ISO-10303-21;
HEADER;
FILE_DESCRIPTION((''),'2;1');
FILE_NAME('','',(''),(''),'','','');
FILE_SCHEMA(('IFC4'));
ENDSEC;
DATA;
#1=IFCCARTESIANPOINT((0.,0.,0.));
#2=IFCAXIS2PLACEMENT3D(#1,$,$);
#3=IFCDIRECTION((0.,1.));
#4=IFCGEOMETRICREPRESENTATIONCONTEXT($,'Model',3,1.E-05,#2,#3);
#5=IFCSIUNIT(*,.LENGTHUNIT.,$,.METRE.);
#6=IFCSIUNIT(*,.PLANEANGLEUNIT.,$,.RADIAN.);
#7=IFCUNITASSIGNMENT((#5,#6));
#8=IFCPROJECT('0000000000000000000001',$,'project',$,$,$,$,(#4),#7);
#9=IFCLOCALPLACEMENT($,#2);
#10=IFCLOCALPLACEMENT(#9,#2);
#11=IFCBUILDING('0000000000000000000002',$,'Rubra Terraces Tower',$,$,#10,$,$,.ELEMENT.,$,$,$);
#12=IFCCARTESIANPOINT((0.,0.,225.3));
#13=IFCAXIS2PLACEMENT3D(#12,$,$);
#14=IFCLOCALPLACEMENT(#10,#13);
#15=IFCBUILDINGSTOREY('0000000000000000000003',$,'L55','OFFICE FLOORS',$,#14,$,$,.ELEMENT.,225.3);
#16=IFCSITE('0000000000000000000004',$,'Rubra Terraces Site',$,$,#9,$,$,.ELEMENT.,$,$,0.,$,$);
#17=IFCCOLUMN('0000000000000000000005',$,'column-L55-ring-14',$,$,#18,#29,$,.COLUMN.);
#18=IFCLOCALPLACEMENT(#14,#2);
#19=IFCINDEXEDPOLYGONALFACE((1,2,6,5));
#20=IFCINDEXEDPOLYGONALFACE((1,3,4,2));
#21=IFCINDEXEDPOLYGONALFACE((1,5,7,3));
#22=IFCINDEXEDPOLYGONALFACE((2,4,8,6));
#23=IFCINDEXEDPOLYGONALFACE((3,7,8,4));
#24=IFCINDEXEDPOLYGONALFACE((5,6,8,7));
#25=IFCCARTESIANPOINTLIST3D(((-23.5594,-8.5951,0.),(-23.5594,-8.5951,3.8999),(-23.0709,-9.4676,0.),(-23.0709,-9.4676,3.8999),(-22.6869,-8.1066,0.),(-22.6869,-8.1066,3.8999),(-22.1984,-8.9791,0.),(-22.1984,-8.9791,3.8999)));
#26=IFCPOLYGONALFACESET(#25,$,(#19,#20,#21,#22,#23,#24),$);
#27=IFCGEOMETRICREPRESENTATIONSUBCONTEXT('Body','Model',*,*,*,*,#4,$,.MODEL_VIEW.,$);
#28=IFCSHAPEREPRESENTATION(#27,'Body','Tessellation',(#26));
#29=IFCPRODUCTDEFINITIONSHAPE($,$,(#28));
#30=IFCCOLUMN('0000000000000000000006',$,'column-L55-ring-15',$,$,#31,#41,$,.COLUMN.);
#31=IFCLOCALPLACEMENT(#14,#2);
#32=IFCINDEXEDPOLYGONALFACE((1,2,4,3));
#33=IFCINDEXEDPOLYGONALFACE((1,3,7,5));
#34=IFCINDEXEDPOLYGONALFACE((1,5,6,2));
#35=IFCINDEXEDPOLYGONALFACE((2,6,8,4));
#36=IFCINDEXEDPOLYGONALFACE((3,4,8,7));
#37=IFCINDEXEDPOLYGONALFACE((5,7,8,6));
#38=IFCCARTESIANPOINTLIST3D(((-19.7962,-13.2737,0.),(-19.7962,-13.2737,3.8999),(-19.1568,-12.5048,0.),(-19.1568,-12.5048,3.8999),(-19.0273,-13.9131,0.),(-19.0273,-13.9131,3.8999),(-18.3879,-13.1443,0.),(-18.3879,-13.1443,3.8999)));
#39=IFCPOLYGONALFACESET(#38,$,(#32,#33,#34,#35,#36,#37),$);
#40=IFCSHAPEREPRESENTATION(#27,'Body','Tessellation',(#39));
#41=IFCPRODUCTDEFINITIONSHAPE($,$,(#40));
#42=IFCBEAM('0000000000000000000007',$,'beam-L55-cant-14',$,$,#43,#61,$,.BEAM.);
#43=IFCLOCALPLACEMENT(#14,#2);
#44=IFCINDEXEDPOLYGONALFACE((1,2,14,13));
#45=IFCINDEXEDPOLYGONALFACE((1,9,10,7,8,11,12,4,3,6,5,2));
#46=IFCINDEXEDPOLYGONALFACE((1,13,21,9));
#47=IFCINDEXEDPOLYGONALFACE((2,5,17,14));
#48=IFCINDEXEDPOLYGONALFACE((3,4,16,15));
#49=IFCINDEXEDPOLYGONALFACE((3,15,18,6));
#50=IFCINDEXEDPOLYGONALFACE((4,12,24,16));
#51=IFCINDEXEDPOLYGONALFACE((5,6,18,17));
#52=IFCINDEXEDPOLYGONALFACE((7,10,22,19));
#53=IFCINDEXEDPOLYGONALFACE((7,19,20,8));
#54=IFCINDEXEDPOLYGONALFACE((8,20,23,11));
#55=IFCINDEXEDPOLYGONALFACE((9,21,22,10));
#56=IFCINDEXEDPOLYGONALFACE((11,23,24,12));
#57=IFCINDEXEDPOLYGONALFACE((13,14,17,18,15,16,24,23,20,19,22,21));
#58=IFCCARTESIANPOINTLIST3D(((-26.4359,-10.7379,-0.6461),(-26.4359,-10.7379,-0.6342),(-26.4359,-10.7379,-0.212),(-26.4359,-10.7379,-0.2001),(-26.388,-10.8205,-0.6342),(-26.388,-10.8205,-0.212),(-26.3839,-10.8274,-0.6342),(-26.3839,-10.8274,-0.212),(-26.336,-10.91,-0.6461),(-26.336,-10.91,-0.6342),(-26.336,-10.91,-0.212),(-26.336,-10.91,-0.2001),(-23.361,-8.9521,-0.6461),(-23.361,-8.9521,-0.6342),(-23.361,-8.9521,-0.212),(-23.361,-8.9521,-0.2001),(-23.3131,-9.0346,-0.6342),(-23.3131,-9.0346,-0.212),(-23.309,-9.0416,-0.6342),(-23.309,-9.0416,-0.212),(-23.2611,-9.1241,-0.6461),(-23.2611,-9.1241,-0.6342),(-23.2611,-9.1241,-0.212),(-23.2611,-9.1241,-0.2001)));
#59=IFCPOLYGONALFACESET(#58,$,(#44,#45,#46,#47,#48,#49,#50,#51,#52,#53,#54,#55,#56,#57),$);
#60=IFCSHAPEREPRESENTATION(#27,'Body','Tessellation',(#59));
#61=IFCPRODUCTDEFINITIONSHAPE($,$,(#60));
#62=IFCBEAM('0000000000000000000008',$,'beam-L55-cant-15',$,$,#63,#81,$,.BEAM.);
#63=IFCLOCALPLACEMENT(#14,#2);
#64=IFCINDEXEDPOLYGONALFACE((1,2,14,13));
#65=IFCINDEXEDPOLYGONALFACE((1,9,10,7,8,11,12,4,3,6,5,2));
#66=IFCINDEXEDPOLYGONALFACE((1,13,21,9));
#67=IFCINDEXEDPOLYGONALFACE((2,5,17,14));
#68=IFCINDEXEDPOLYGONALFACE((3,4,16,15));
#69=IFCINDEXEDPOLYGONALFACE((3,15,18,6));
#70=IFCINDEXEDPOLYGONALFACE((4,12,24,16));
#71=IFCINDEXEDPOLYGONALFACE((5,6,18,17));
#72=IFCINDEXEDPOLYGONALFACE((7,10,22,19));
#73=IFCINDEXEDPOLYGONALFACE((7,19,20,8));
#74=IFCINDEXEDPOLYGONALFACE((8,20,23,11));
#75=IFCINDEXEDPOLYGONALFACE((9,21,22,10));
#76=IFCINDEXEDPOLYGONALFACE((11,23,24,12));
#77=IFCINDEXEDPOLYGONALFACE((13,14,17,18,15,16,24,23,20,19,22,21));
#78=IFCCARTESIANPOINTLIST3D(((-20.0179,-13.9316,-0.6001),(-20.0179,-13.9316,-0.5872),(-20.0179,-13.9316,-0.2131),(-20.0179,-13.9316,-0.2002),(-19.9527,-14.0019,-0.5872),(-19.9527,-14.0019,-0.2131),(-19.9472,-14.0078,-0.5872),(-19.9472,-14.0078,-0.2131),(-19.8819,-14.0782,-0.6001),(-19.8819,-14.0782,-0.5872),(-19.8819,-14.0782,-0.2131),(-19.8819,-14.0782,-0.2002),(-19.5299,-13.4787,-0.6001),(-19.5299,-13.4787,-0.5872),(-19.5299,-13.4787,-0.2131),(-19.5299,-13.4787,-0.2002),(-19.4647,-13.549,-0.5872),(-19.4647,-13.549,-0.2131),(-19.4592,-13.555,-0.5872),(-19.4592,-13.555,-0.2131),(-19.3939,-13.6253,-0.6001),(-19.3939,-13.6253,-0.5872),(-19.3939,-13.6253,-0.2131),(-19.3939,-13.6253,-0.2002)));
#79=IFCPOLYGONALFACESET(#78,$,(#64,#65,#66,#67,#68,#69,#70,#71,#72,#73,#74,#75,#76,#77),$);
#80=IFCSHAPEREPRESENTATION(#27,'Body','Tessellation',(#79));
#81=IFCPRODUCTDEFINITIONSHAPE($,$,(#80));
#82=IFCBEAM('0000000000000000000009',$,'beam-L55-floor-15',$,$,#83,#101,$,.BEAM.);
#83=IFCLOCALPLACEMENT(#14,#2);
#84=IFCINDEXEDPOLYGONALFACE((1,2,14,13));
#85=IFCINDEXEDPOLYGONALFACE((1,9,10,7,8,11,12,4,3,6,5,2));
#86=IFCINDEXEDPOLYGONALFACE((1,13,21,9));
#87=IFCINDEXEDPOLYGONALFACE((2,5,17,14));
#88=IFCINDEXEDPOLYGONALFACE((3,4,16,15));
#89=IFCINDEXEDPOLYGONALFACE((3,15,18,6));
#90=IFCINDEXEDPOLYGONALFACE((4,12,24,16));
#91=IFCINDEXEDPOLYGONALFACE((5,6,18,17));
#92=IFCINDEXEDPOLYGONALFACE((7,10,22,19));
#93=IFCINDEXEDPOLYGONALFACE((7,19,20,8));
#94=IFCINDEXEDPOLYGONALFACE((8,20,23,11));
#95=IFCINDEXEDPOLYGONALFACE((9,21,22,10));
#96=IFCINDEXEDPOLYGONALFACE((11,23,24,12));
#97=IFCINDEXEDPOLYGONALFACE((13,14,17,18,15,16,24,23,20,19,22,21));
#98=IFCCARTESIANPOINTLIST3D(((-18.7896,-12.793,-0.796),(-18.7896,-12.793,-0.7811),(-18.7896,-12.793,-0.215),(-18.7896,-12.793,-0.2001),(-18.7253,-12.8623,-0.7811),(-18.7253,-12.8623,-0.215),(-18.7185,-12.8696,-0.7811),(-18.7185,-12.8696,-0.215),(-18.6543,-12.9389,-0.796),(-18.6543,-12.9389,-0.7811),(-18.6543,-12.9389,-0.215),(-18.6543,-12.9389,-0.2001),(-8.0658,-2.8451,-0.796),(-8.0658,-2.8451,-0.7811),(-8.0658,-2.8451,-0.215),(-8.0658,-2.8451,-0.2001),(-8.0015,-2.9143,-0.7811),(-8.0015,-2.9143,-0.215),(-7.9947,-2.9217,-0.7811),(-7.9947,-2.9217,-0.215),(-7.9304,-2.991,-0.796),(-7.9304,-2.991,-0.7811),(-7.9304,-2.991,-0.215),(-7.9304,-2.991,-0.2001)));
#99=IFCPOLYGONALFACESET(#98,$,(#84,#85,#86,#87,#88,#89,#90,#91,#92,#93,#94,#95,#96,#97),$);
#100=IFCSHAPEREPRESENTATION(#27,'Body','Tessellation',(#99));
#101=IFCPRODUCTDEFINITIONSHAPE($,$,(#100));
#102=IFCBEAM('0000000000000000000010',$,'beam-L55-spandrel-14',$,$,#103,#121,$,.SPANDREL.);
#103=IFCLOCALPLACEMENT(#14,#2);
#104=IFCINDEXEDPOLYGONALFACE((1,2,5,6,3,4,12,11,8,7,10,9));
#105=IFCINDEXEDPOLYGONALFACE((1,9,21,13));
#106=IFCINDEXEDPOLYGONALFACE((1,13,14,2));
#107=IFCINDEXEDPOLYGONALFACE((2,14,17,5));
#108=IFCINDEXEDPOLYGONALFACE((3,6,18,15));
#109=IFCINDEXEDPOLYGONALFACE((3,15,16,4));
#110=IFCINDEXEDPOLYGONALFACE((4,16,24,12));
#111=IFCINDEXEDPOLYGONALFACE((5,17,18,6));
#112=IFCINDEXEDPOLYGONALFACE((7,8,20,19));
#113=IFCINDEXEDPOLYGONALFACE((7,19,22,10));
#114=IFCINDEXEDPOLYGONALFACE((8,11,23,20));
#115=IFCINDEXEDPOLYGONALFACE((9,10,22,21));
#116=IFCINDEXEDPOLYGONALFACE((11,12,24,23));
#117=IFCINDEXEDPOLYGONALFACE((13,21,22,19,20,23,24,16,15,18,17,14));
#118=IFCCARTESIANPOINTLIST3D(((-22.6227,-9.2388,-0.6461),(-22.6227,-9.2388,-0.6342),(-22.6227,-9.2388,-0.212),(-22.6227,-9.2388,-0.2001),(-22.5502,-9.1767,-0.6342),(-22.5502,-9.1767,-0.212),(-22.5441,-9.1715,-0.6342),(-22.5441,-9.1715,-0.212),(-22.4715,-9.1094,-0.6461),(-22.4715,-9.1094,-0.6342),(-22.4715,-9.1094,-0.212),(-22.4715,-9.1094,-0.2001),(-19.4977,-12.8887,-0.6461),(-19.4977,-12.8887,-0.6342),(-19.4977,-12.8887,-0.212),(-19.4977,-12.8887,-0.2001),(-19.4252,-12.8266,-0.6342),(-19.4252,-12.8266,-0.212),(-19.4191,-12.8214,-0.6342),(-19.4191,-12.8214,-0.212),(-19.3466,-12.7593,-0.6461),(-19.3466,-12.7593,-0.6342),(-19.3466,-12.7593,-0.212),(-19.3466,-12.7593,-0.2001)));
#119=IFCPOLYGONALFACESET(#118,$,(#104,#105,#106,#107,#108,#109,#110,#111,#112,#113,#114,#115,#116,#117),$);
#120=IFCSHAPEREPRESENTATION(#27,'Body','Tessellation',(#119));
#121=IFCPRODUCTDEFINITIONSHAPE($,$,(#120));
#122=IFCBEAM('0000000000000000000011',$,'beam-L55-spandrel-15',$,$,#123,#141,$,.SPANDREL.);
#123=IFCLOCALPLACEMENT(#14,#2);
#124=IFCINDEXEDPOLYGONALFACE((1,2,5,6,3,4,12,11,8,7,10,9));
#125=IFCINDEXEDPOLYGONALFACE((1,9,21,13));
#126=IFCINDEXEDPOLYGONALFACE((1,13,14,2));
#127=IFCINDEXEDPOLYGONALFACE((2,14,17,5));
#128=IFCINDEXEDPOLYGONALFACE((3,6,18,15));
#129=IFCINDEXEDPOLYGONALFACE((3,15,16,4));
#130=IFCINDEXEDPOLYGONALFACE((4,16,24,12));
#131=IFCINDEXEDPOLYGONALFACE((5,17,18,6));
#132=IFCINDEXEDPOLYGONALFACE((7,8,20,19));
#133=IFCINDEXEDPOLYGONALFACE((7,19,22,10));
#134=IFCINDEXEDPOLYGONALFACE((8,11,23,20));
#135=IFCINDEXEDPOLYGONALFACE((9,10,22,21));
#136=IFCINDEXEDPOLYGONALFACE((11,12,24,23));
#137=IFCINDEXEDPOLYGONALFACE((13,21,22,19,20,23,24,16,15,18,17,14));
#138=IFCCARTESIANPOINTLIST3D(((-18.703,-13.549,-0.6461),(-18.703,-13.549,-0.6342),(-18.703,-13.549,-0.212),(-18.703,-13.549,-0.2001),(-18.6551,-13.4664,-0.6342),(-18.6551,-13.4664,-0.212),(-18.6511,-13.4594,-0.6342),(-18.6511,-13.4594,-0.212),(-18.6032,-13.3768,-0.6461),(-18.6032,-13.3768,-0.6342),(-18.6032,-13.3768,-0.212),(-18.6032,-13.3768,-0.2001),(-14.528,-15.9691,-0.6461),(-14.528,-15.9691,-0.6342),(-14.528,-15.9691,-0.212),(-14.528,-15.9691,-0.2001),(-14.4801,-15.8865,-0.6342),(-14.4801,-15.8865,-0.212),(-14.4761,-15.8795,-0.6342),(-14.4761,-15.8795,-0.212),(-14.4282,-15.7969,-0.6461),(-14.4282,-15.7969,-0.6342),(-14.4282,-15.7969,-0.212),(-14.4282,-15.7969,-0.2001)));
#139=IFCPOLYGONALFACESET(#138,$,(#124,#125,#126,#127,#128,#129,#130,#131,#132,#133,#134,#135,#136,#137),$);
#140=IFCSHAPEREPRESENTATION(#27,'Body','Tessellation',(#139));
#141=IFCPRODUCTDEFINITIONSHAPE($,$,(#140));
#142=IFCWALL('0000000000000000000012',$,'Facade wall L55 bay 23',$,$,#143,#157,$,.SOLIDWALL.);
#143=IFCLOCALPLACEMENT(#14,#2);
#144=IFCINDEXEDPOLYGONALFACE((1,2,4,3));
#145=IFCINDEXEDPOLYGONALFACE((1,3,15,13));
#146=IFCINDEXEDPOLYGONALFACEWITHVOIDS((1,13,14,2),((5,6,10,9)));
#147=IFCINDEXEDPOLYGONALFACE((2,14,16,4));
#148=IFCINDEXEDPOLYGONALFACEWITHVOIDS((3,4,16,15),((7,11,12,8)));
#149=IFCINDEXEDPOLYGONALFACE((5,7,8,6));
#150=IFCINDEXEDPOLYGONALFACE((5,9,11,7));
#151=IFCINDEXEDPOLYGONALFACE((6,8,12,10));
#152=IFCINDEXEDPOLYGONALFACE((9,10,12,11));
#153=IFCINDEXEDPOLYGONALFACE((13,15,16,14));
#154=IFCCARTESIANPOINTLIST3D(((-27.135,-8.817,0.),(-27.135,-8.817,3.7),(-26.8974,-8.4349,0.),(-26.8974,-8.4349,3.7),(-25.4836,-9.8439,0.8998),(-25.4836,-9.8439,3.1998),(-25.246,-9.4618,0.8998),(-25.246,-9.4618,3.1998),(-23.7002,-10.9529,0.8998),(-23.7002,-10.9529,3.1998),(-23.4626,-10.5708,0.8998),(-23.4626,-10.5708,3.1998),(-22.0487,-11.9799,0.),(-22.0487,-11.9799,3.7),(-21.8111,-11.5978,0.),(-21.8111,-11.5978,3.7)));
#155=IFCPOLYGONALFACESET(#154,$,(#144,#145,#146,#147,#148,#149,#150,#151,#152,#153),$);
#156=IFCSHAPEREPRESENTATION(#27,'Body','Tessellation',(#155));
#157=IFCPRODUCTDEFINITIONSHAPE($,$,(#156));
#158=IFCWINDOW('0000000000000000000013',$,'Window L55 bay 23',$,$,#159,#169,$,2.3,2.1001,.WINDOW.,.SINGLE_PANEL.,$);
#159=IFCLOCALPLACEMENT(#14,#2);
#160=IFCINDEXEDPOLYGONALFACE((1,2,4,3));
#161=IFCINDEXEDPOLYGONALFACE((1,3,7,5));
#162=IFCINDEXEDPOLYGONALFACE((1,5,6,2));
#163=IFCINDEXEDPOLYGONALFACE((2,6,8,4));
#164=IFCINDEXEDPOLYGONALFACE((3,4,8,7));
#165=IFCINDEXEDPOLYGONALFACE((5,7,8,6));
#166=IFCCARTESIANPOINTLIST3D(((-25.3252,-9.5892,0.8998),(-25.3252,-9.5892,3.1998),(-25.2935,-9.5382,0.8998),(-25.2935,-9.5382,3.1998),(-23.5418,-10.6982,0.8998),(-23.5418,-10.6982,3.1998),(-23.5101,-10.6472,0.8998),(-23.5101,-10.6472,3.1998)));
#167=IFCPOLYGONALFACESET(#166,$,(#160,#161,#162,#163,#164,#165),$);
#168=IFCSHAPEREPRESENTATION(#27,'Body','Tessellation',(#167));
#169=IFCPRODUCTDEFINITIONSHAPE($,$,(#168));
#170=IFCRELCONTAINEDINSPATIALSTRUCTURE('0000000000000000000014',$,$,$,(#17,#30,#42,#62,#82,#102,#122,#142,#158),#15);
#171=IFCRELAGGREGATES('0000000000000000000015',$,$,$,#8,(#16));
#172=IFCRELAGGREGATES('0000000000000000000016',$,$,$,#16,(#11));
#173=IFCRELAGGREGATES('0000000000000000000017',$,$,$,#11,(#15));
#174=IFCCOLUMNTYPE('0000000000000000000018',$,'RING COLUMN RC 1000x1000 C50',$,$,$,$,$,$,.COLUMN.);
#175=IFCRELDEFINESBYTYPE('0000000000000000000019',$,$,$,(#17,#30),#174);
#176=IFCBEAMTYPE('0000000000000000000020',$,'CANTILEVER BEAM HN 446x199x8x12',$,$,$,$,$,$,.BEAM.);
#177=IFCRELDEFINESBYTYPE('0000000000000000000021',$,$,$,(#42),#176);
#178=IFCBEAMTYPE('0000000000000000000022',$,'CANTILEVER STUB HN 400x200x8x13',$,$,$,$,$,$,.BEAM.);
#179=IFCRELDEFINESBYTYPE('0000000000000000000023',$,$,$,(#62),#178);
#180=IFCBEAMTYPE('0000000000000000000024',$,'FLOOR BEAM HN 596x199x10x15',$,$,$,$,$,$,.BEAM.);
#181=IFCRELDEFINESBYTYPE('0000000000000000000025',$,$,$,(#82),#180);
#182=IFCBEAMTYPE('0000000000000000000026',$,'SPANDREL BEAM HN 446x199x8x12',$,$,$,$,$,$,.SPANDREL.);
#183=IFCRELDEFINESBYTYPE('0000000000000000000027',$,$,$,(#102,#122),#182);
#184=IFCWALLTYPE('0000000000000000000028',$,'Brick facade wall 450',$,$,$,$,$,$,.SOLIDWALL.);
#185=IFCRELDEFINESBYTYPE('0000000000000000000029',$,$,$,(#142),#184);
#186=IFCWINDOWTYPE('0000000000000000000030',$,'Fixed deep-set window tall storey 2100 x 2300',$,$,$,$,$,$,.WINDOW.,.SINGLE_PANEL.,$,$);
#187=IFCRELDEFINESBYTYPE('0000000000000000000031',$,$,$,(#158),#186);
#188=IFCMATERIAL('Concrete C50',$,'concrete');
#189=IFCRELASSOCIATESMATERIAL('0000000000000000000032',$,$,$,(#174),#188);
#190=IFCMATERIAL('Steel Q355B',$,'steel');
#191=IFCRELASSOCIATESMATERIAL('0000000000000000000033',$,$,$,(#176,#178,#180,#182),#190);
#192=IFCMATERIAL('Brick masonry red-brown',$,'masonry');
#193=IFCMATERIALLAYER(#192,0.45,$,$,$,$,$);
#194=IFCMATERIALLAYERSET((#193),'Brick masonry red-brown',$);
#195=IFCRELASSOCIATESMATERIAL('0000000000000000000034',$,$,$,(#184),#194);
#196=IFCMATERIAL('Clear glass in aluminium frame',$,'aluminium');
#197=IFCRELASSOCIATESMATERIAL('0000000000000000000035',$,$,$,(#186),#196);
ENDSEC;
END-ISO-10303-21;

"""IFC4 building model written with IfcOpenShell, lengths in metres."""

from ifc_helpers import new_model, si_unit, direction, frame, frame_2d, origin, origin_2d, place, context, subcontext, project, spatial, rectangle, i_section, extrude, material, layer, layer_set, material_profile, profile_set, type_object, element, fill, save


model = new_model("IFC4")

# Units and contexts
model_context = context("Model", 3, precision=1e-05, world=origin(), true_north=direction((0.0, 1.0)))
body_context = subcontext(model_context, "Body", "Model", "MODEL_VIEW")
ifc_project = project(units=[si_unit("LENGTHUNIT", "METRE"), si_unit("PLANEANGLEUNIT", "RADIAN")], contexts=[model_context])

# Site, building, storey
site_placement = place(None, origin())
site = spatial("IfcSite", under=ifc_project, at=site_placement, Name="Rubra Terraces Site", CompositionType="ELEMENT", RefElevation=0.0)
building_placement = place(site_placement, origin())
building = spatial("IfcBuilding", under=site, at=building_placement, Name="Rubra Terraces Tower", CompositionType="ELEMENT")
storey_placement = place(building_placement, frame((0.0, 0.0, 225.3)))
storey = spatial("IfcBuildingStorey", under=building, at=storey_placement, Name="L55", Description="OFFICE FLOORS", CompositionType="ELEMENT", Elevation=225.3)

# Columns
ifc_material_1 = material(Name="Concrete C50", Category="concrete")
ifc_material_profile_1 = material_profile(ifc_material_1, rectangle(XDim=1.0, YDim=1.0, at=origin_2d()), Name="RC 1000x1000")
ifc_profile_set_1 = profile_set([ifc_material_profile_1], Name="Concrete C50")
column_type = type_object("IfcColumnType", Name="RING COLUMN RC 1000x1000 C50", PredefinedType="COLUMN", material=ifc_profile_set_1)
for number, where, z_axis, x_axis, name in (
    (1, (-22.8789, -8.7871, 0.0), (0.0, 0.0, 1.0), (0.488526, -0.872549, 0.0), "column-L55-ring-14"),
    (2, (-19.092, -13.209, 0.0), (0.0, 0.0, 1.0), (0.76887, -0.639405, 0.0), "column-L55-ring-15"),
):
    element("IfcColumn", number, at=place(storey_placement, frame(where, z_axis=z_axis, x_axis=x_axis)), inside=storey, type_object=column_type, Name=name, PredefinedType="COLUMN", context=body_context, shape_type="SweptSolid", body=[
        extrude(rectangle(XDim=1.0, YDim=1.0, at=origin_2d()), origin(), (0.0, 0.0, 1.0), 3.8999),
    ])

# Beams
ifc_material_2 = material(Name="Steel Q355B", Category="steel")
ifc_material_profile_2 = material_profile(ifc_material_2, i_section(OverallWidth=0.199, OverallDepth=0.446, WebThickness=0.0081, FlangeThickness=0.012, at=origin_2d()), Name="HN 446x199x8x12")
ifc_profile_set_2 = profile_set([ifc_material_profile_2], Name="Steel Q355B")
beam_type_1 = type_object("IfcBeamType", Name="CANTILEVER BEAM HN 446x199x8x12", PredefinedType="BEAM", material=ifc_profile_set_2)
beam_1_placement = place(storey_placement, frame((-23.311, -9.0381, -0.4231), z_axis=(-0.864736, -0.502227, 0.0), x_axis=(0.502227, -0.864736, 0.0)))
element("IfcBeam", 3, at=beam_1_placement, inside=storey, type_object=beam_type_1, Name="beam-L55-cant-14", PredefinedType="BEAM", context=body_context, shape_type="SweptSolid", body=[
    extrude(i_section(OverallWidth=0.199, OverallDepth=0.446, WebThickness=0.0081, FlangeThickness=0.012, at=origin_2d()), origin(), (0.0, 0.0, 1.0), 3.5559),
])
ifc_material_profile_3 = material_profile(ifc_material_2, i_section(OverallWidth=0.2, OverallDepth=0.3999, WebThickness=0.0081, FlangeThickness=0.0129, at=origin_2d()), Name="HN 400x200x8x13")
ifc_profile_set_3 = profile_set([ifc_material_profile_3], Name="Steel Q355B")
beam_type_2 = type_object("IfcBeamType", Name="CANTILEVER STUB HN 400x200x8x13", PredefinedType="BEAM", material=ifc_profile_set_3)
beam_2_placement = place(storey_placement, frame((-19.4619, -13.552, -0.4001), z_axis=(-0.733015, -0.680212, 0.0), x_axis=(0.680212, -0.733015, 0.0)))
element("IfcBeam", 4, at=beam_2_placement, inside=storey, type_object=beam_type_2, Name="beam-L55-cant-15", PredefinedType="BEAM", context=body_context, shape_type="SweptSolid", body=[
    extrude(i_section(OverallWidth=0.2, OverallDepth=0.3999, WebThickness=0.0081, FlangeThickness=0.0129, at=origin_2d()), origin(), (0.0, 0.0, 1.0), 0.6658),
])
ifc_material_profile_4 = material_profile(ifc_material_2, i_section(OverallWidth=0.199, OverallDepth=0.5959, WebThickness=0.01, FlangeThickness=0.0149, at=origin_2d()), Name="HN 596x199x10x15")
ifc_profile_set_4 = profile_set([ifc_material_profile_4], Name="Steel Q355B")
beam_type_3 = type_object("IfcBeamType", Name="FLOOR BEAM HN 596x199x10x15", PredefinedType="BEAM", material=ifc_profile_set_4)
beam_3_placement = place(storey_placement, frame((-18.7219, -12.866, -0.498), z_axis=(0.73313, 0.680088, 0.0), x_axis=(-0.680088, 0.73313, 0.0)))
element("IfcBeam", 5, at=beam_3_placement, inside=storey, type_object=beam_type_3, Name="beam-L55-floor-15", PredefinedType="BEAM", context=body_context, shape_type="SweptSolid", body=[
    extrude(i_section(OverallWidth=0.199, OverallDepth=0.5959, WebThickness=0.01, FlangeThickness=0.0149, at=origin_2d()), origin(), (0.0, 0.0, 1.0), 14.6274),
])
ifc_material_profile_5 = material_profile(ifc_material_2, i_section(OverallWidth=0.199, OverallDepth=0.446, WebThickness=0.0081, FlangeThickness=0.012, at=origin_2d()), Name="HN 446x199x8x12")
ifc_profile_set_5 = profile_set([ifc_material_profile_5], Name="Steel Q355B")
beam_type_4 = type_object("IfcBeamType", Name="SPANDREL BEAM HN 446x199x8x12", PredefinedType="SPANDREL", material=ifc_profile_set_5)
beam_4_placement = place(storey_placement, frame((-22.5471, -9.1741, -0.4231), z_axis=(0.650373, -0.759615, 0.0), x_axis=(0.759615, 0.650373, 0.0)))
element("IfcBeam", 6, at=beam_4_placement, inside=storey, type_object=beam_type_4, Name="beam-L55-spandrel-14", PredefinedType="SPANDREL", context=body_context, shape_type="SweptSolid", body=[
    extrude(i_section(OverallWidth=0.199, OverallDepth=0.446, WebThickness=0.0081, FlangeThickness=0.012, at=origin_2d()), origin(), (0.0, 0.0, 1.0), 4.8049),
])
beam_5_placement = place(storey_placement, frame((-18.6531, -13.4629, -0.4231), z_axis=(0.865154, -0.501507, 0.0), x_axis=(0.501507, 0.865154, 0.0)))
element("IfcBeam", 7, at=beam_5_placement, inside=storey, type_object=beam_type_4, Name="beam-L55-spandrel-15", PredefinedType="SPANDREL", context=body_context, shape_type="SweptSolid", body=[
    extrude(i_section(OverallWidth=0.199, OverallDepth=0.446, WebThickness=0.0081, FlangeThickness=0.012, at=origin_2d()), origin(), (0.0, 0.0, 1.0), 4.8257),
])

# Wall, opening, window
ifc_material_3 = material(Name="Brick masonry red-brown", Category="masonry")
ifc_layer_1 = layer(ifc_material_3, 0.45)
ifc_layer_set_1 = layer_set([ifc_layer_1], Name="Brick masonry red-brown")
wall_type_1 = type_object("IfcWallType", Name="Brick facade wall 450", PredefinedType="SOLIDWALL", material=ifc_layer_set_1)
wall_1_placement = place(storey_placement, frame((-27.0161, -8.626, 0.0), z_axis=(0.0, 0.0, 1.0), x_axis=(0.849198, -0.528074, 0.0)))
wall_1 = element("IfcWall", 8, at=wall_1_placement, inside=storey, type_object=wall_type_1, Name="Facade wall L55 bay 23", PredefinedType="SOLIDWALL", context=body_context, shape_type="SweptSolid", body=[
    extrude(rectangle(XDim=5.9895, YDim=0.45, at=frame_2d((2.9946, 0.0))), origin(), (0.0, 0.0, 1.0), 3.7),
])
opening_1_placement = place(wall_1_placement, frame((1.9446, 0.0, 0.8999)))
opening_1 = element("IfcOpeningElement", 9, at=opening_1_placement, cuts=wall_1, PredefinedType="OPENING", context=body_context, shape_type="SweptSolid", body=[
    extrude(rectangle(XDim=2.1001, YDim=2.3, at=frame_2d((1.05, 1.1499))), frame((0.0, 0.2349, 0.0), z_axis=(0.0, -1.0, 0.0), x_axis=(1.0, 0.0, 0.0)), (0.0, 0.0, 1.0), 0.47),
])
ifc_material_4 = material(Name="Clear glass in aluminium frame", Category="aluminium")
window_type = type_object("IfcWindowType", Name="Fixed deep-set window tall storey 2100 x 2300", PartitioningType="SINGLE_PANEL", PredefinedType="WINDOW", material=ifc_material_4)
window_1_placement = place(opening_1_placement, origin())
window_1 = element("IfcWindow", 10, at=window_1_placement, inside=storey, type_object=window_type, Name="Window L55 bay 23", OverallHeight=2.3, OverallWidth=2.1001, PartitioningType="SINGLE_PANEL", PredefinedType="WINDOW", context=body_context, shape_type="SweptSolid", body=[
    extrude(rectangle(XDim=2.1001, YDim=2.3, at=frame_2d((1.05, 1.1499))), frame((0.0, 0.135, 0.0), z_axis=(0.0, -1.0, 0.0), x_axis=(1.0, 0.0, 0.0)), (0.0, 0.0, 1.0), 0.0601),
])
fill(opening_1, window_1)

save(model, "model.ifc")
